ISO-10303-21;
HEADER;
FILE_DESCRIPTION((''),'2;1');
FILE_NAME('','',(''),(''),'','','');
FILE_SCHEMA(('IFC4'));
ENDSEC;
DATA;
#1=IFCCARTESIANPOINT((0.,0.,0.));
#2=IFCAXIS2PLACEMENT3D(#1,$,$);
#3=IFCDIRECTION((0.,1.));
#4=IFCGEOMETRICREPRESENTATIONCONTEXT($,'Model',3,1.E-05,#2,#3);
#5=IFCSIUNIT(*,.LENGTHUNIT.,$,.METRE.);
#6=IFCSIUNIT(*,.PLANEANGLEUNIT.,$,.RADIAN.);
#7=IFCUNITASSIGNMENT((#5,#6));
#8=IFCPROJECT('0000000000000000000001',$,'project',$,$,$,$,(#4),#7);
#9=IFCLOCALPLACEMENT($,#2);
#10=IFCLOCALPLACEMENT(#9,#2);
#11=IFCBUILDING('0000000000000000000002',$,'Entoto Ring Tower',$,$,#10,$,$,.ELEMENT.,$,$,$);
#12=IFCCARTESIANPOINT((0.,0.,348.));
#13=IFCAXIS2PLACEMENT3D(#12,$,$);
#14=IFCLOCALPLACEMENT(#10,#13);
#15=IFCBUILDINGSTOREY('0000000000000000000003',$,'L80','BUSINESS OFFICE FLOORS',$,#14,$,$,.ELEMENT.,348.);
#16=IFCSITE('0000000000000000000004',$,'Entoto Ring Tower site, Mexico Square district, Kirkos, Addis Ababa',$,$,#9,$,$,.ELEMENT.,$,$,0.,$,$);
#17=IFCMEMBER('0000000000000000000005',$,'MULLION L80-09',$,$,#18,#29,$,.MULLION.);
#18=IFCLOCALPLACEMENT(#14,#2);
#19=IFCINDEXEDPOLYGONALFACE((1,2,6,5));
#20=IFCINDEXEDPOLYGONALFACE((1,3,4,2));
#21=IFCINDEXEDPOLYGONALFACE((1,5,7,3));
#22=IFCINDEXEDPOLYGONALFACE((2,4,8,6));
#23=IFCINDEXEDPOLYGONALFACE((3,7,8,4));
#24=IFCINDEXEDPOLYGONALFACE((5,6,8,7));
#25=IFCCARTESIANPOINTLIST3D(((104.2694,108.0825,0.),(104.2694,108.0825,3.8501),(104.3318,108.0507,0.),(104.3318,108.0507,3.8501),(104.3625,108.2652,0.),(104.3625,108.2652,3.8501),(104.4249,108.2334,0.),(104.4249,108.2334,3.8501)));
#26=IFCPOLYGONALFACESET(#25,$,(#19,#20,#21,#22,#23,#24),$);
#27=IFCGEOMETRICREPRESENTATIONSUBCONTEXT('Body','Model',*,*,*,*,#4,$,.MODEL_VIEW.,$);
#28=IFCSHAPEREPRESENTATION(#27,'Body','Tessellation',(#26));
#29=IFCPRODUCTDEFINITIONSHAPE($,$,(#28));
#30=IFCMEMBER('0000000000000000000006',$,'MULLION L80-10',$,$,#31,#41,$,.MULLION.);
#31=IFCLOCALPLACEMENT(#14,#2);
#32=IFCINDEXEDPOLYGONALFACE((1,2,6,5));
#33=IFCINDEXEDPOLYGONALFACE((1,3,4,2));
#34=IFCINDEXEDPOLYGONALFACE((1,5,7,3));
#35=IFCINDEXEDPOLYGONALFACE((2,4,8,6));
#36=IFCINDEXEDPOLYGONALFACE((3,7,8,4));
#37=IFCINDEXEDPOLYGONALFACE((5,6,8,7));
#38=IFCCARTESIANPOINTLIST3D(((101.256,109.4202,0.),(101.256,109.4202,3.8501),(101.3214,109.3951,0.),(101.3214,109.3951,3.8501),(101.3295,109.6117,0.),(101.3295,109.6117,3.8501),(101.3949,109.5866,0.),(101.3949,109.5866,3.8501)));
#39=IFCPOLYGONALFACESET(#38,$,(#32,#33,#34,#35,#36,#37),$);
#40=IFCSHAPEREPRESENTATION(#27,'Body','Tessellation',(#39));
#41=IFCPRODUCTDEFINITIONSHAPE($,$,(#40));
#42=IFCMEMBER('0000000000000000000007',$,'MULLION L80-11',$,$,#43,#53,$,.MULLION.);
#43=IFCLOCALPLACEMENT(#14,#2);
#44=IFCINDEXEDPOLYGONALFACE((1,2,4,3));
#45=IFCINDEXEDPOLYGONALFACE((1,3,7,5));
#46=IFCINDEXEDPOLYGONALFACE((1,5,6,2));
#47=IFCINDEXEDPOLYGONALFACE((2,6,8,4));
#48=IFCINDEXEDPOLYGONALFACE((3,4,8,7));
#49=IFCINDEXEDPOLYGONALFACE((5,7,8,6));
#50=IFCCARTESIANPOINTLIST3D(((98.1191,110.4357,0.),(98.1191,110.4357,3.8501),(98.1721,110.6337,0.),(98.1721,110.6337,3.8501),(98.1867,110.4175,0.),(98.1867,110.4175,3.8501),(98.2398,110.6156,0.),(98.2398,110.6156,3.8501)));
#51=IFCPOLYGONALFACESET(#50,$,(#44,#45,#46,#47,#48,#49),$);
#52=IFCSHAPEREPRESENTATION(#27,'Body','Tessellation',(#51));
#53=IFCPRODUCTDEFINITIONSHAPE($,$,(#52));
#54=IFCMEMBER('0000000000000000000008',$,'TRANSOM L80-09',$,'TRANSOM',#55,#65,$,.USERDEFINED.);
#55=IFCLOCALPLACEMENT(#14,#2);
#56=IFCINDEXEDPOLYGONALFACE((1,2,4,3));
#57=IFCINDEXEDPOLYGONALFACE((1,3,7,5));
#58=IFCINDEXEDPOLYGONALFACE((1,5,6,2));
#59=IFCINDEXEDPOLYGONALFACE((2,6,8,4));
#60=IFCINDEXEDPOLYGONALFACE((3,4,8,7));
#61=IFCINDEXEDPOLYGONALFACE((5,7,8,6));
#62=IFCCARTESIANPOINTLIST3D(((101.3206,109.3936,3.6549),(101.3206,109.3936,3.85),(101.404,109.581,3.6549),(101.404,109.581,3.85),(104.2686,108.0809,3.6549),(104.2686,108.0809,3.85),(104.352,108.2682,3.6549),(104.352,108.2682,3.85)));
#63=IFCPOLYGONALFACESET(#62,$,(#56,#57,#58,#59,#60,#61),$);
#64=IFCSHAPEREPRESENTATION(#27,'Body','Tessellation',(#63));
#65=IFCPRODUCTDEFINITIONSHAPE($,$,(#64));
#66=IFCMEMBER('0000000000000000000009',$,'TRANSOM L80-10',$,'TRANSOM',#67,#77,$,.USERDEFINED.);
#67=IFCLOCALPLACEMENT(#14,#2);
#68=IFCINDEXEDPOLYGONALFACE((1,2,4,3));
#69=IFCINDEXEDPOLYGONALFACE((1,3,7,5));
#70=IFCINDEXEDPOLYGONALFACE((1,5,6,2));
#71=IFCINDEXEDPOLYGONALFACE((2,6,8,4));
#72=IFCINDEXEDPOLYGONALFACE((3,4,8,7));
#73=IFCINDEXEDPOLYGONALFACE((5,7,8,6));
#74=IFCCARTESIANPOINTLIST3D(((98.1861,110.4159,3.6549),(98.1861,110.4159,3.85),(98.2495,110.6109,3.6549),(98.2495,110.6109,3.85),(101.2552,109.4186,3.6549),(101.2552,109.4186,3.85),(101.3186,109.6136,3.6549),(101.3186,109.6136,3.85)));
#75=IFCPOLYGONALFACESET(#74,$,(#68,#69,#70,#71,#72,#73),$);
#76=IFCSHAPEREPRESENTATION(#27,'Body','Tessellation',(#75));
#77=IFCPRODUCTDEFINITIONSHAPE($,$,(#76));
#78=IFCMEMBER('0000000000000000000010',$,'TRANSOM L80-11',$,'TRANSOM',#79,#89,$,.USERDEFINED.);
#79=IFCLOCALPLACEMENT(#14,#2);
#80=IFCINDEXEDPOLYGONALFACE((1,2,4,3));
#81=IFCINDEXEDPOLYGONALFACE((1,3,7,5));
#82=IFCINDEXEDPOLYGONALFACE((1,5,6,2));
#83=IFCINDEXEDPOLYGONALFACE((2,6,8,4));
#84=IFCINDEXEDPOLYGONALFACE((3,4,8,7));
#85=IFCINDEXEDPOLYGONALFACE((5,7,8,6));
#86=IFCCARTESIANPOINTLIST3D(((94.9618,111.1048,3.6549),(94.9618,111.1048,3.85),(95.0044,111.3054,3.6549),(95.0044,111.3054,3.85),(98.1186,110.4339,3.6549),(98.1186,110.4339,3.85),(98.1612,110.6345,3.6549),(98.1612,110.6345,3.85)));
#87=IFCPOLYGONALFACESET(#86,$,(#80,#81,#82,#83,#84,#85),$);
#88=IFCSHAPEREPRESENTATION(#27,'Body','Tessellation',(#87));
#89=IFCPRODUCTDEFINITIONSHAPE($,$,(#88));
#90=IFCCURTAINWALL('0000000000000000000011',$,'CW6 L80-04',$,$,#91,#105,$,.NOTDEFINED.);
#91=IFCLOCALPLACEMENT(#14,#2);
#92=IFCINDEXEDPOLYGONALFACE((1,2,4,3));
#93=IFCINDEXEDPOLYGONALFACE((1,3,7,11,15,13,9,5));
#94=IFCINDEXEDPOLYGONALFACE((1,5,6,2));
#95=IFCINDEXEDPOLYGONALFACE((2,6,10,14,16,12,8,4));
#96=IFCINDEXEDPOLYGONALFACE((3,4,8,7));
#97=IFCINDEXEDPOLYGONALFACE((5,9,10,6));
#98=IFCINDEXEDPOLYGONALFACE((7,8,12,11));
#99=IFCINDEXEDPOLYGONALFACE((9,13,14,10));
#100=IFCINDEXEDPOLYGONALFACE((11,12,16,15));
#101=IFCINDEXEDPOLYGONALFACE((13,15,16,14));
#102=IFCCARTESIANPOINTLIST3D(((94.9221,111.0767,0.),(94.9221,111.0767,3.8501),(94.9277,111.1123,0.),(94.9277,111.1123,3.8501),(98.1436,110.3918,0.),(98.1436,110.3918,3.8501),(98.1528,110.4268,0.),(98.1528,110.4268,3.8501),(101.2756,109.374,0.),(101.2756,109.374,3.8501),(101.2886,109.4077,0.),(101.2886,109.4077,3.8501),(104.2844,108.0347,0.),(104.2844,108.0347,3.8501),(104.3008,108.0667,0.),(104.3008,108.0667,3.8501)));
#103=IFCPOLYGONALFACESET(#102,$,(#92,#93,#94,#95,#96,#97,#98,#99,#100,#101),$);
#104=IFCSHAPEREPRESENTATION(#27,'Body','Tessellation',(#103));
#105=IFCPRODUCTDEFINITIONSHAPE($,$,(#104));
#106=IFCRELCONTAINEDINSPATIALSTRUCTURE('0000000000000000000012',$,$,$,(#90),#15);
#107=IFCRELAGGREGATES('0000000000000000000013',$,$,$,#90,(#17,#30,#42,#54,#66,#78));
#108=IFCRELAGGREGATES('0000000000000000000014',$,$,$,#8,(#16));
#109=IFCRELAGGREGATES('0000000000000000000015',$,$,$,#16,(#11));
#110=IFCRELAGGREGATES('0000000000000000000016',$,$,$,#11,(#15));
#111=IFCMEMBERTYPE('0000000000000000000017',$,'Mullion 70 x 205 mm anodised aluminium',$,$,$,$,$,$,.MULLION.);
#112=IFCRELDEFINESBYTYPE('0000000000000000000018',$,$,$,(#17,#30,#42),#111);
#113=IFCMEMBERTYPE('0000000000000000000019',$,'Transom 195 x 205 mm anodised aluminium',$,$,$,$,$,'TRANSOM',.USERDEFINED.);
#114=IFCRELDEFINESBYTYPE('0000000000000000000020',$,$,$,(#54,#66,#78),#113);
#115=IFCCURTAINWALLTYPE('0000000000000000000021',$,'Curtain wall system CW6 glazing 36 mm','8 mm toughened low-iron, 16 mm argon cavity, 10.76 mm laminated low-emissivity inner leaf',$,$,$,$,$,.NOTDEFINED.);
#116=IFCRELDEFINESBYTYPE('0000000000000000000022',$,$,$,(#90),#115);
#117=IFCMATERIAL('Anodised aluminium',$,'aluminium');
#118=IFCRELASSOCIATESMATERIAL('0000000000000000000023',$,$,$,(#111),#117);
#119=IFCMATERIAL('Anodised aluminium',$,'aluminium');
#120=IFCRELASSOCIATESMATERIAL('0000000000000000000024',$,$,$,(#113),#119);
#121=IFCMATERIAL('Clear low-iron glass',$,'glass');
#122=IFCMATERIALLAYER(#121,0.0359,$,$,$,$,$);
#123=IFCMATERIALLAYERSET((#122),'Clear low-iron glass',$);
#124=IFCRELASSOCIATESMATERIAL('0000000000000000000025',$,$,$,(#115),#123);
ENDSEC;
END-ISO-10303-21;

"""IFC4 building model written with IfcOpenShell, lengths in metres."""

from ifc_helpers import new_model, si_unit, direction, frame, origin, origin_2d, place, context, subcontext, project, spatial, polyline, rectangle, outline, extrude, material, layer, layer_set, material_profile, profile_set, type_object, element, aggregate, save


model = new_model("IFC4")

# Units and contexts
model_context = context("Model", 3, precision=1e-05, world=origin(), true_north=direction((0.0, 1.0)))
body_context = subcontext(model_context, "Body", "Model", "MODEL_VIEW")
ifc_project = project(units=[si_unit("LENGTHUNIT", "METRE"), si_unit("PLANEANGLEUNIT", "RADIAN")], contexts=[model_context])

# Members
ifc_material_1 = material(Name="Anodised aluminium", Category="aluminium")
ifc_material_profile_1 = material_profile(ifc_material_1, rectangle(XDim=0.0701, YDim=0.2051, at=origin_2d()), Name="Mullion 70 x 205 mm anodised aluminium")
ifc_profile_set_1 = profile_set([ifc_material_profile_1], Name="Anodised aluminium")
member_type_1 = type_object("IfcMemberType", Name="Mullion 70 x 205 mm anodised aluminium", PredefinedType="MULLION", material=ifc_profile_set_1)
site_placement = place(None, origin())
building_placement = place(site_placement, origin())
storey_placement = place(building_placement, frame((0.0, 0.0, 348.0)))
member_1_placement = place(storey_placement, frame((104.3472, 108.158, 0.0), z_axis=(0.0, 0.0, 1.0), x_axis=(-0.891007, 0.45399, 0.0)))
member_1 = element("IfcMember", 1, at=member_1_placement, type_object=member_type_1, Name="MULLION L80-09", PredefinedType="MULLION", context=body_context, shape_type="SweptSolid", body=[
    extrude(rectangle(XDim=0.0701, YDim=0.2051, at=origin_2d()), origin(), (0.0, 0.0, 1.0), 3.8501),
])
member_2_placement = place(storey_placement, frame((101.3254, 109.5034, 0.0), z_axis=(0.0, 0.0, 1.0), x_axis=(-0.93358, 0.358368, 0.0)))
member_2 = element("IfcMember", 2, at=member_2_placement, type_object=member_type_1, Name="MULLION L80-10", PredefinedType="MULLION", context=body_context, shape_type="SweptSolid", body=[
    extrude(rectangle(XDim=0.0701, YDim=0.2051, at=origin_2d()), origin(), (0.0, 0.0, 1.0), 3.8501),
])
member_3_placement = place(storey_placement, frame((98.1794, 110.5256, 0.0), z_axis=(0.0, 0.0, 1.0), x_axis=(-0.965926, 0.258819, 0.0)))
member_3 = element("IfcMember", 3, at=member_3_placement, type_object=member_type_1, Name="MULLION L80-11", PredefinedType="MULLION", context=body_context, shape_type="SweptSolid", body=[
    extrude(rectangle(XDim=0.0701, YDim=0.2051, at=origin_2d()), origin(), (0.0, 0.0, 1.0), 3.8501),
])
ifc_material_2 = material(Name="Anodised aluminium", Category="aluminium")
ifc_material_profile_2 = material_profile(ifc_material_2, rectangle(XDim=0.2051, YDim=0.1951, at=origin_2d()), Name="Transom 195 x 205 mm anodised aluminium")
ifc_profile_set_2 = profile_set([ifc_material_profile_2], Name="Anodised aluminium")
member_type_2 = type_object("IfcMemberType", Name="Transom 195 x 205 mm anodised aluminium", ElementType="TRANSOM", PredefinedType="USERDEFINED", material=ifc_profile_set_2)
member_4_placement = place(storey_placement, frame((104.3103, 108.1746, 3.7524), z_axis=(-0.913521, 0.406791, 0.0), x_axis=(-0.406791, -0.913521, 0.0)))
member_4 = element("IfcMember", 4, at=member_4_placement, type_object=member_type_2, Name="TRANSOM L80-09", ObjectType="TRANSOM", PredefinedType="USERDEFINED", context=body_context, shape_type="SweptSolid", body=[
    extrude(rectangle(XDim=0.2051, YDim=0.1951, at=origin_2d()), origin(), (0.0, 0.0, 1.0), 3.2271),
])
member_5_placement = place(storey_placement, frame((101.2869, 109.5161, 3.7524), z_axis=(-0.951047, 0.309047, 0.0), x_axis=(-0.309047, -0.951047, 0.0)))
member_5 = element("IfcMember", 5, at=member_5_placement, type_object=member_type_2, Name="TRANSOM L80-10", ObjectType="TRANSOM", PredefinedType="USERDEFINED", context=body_context, shape_type="SweptSolid", body=[
    extrude(rectangle(XDim=0.2051, YDim=0.1951, at=origin_2d()), origin(), (0.0, 0.0, 1.0), 3.2271),
])
member_6_placement = place(storey_placement, frame((98.1399, 110.5342, 3.7524), z_axis=(-0.978153, 0.207886, 0.0), x_axis=(-0.207886, -0.978153, 0.0)))
member_6 = element("IfcMember", 6, at=member_6_placement, type_object=member_type_2, Name="TRANSOM L80-11", ObjectType="TRANSOM", PredefinedType="USERDEFINED", context=body_context, shape_type="SweptSolid", body=[
    extrude(rectangle(XDim=0.2051, YDim=0.1951, at=origin_2d()), origin(), (0.0, 0.0, 1.0), 3.2273),
])

# Site, building, storey
site = spatial("IfcSite", under=ifc_project, at=site_placement, Name="Entoto Ring Tower site, Mexico Square district, Kirkos, Addis Ababa", CompositionType="ELEMENT", RefElevation=0.0)
building = spatial("IfcBuilding", under=site, at=building_placement, Name="Entoto Ring Tower", CompositionType="ELEMENT")
storey = spatial("IfcBuildingStorey", under=building, at=storey_placement, Name="L80", Description="BUSINESS OFFICE FLOORS", CompositionType="ELEMENT", Elevation=348.0)

# Curtain wall
ifc_material_3 = material(Name="Clear low-iron glass", Category="glass")
ifc_layer = layer(ifc_material_3, 0.0359)
ifc_layer_set = layer_set([ifc_layer], Name="Clear low-iron glass")
curtain_wall_type = type_object("IfcCurtainWallType", Name="Curtain wall system CW6 glazing 36 mm", Description="8 mm toughened low-iron, 16 mm argon cavity, 10.76 mm laminated low-emissivity inner leaf", PredefinedType="NOTDEFINED", material=ifc_layer_set)
curtain_wall_1_placement = place(storey_placement, origin())
curtain_wall_1 = element("IfcCurtainWall", 7, at=curtain_wall_1_placement, inside=storey, type_object=curtain_wall_type, Name="CW6 L80-04", PredefinedType="NOTDEFINED", context=body_context, shape_type="SweptSolid", body=[
    extrude(outline(polyline([(104.3008, 108.0667), (101.2886, 109.4077), (98.1528, 110.4268), (94.9277, 111.1123), (94.9221, 111.0767), (98.1436, 110.3918), (101.2756, 109.374), (104.2844, 108.0347), (104.3008, 108.0667)])), origin(), (0.0, 0.0, 1.0), 3.8501),
])
aggregate(curtain_wall_1, [member_1, member_2, member_3, member_4, member_5, member_6])

save(model, "model.ifc")
